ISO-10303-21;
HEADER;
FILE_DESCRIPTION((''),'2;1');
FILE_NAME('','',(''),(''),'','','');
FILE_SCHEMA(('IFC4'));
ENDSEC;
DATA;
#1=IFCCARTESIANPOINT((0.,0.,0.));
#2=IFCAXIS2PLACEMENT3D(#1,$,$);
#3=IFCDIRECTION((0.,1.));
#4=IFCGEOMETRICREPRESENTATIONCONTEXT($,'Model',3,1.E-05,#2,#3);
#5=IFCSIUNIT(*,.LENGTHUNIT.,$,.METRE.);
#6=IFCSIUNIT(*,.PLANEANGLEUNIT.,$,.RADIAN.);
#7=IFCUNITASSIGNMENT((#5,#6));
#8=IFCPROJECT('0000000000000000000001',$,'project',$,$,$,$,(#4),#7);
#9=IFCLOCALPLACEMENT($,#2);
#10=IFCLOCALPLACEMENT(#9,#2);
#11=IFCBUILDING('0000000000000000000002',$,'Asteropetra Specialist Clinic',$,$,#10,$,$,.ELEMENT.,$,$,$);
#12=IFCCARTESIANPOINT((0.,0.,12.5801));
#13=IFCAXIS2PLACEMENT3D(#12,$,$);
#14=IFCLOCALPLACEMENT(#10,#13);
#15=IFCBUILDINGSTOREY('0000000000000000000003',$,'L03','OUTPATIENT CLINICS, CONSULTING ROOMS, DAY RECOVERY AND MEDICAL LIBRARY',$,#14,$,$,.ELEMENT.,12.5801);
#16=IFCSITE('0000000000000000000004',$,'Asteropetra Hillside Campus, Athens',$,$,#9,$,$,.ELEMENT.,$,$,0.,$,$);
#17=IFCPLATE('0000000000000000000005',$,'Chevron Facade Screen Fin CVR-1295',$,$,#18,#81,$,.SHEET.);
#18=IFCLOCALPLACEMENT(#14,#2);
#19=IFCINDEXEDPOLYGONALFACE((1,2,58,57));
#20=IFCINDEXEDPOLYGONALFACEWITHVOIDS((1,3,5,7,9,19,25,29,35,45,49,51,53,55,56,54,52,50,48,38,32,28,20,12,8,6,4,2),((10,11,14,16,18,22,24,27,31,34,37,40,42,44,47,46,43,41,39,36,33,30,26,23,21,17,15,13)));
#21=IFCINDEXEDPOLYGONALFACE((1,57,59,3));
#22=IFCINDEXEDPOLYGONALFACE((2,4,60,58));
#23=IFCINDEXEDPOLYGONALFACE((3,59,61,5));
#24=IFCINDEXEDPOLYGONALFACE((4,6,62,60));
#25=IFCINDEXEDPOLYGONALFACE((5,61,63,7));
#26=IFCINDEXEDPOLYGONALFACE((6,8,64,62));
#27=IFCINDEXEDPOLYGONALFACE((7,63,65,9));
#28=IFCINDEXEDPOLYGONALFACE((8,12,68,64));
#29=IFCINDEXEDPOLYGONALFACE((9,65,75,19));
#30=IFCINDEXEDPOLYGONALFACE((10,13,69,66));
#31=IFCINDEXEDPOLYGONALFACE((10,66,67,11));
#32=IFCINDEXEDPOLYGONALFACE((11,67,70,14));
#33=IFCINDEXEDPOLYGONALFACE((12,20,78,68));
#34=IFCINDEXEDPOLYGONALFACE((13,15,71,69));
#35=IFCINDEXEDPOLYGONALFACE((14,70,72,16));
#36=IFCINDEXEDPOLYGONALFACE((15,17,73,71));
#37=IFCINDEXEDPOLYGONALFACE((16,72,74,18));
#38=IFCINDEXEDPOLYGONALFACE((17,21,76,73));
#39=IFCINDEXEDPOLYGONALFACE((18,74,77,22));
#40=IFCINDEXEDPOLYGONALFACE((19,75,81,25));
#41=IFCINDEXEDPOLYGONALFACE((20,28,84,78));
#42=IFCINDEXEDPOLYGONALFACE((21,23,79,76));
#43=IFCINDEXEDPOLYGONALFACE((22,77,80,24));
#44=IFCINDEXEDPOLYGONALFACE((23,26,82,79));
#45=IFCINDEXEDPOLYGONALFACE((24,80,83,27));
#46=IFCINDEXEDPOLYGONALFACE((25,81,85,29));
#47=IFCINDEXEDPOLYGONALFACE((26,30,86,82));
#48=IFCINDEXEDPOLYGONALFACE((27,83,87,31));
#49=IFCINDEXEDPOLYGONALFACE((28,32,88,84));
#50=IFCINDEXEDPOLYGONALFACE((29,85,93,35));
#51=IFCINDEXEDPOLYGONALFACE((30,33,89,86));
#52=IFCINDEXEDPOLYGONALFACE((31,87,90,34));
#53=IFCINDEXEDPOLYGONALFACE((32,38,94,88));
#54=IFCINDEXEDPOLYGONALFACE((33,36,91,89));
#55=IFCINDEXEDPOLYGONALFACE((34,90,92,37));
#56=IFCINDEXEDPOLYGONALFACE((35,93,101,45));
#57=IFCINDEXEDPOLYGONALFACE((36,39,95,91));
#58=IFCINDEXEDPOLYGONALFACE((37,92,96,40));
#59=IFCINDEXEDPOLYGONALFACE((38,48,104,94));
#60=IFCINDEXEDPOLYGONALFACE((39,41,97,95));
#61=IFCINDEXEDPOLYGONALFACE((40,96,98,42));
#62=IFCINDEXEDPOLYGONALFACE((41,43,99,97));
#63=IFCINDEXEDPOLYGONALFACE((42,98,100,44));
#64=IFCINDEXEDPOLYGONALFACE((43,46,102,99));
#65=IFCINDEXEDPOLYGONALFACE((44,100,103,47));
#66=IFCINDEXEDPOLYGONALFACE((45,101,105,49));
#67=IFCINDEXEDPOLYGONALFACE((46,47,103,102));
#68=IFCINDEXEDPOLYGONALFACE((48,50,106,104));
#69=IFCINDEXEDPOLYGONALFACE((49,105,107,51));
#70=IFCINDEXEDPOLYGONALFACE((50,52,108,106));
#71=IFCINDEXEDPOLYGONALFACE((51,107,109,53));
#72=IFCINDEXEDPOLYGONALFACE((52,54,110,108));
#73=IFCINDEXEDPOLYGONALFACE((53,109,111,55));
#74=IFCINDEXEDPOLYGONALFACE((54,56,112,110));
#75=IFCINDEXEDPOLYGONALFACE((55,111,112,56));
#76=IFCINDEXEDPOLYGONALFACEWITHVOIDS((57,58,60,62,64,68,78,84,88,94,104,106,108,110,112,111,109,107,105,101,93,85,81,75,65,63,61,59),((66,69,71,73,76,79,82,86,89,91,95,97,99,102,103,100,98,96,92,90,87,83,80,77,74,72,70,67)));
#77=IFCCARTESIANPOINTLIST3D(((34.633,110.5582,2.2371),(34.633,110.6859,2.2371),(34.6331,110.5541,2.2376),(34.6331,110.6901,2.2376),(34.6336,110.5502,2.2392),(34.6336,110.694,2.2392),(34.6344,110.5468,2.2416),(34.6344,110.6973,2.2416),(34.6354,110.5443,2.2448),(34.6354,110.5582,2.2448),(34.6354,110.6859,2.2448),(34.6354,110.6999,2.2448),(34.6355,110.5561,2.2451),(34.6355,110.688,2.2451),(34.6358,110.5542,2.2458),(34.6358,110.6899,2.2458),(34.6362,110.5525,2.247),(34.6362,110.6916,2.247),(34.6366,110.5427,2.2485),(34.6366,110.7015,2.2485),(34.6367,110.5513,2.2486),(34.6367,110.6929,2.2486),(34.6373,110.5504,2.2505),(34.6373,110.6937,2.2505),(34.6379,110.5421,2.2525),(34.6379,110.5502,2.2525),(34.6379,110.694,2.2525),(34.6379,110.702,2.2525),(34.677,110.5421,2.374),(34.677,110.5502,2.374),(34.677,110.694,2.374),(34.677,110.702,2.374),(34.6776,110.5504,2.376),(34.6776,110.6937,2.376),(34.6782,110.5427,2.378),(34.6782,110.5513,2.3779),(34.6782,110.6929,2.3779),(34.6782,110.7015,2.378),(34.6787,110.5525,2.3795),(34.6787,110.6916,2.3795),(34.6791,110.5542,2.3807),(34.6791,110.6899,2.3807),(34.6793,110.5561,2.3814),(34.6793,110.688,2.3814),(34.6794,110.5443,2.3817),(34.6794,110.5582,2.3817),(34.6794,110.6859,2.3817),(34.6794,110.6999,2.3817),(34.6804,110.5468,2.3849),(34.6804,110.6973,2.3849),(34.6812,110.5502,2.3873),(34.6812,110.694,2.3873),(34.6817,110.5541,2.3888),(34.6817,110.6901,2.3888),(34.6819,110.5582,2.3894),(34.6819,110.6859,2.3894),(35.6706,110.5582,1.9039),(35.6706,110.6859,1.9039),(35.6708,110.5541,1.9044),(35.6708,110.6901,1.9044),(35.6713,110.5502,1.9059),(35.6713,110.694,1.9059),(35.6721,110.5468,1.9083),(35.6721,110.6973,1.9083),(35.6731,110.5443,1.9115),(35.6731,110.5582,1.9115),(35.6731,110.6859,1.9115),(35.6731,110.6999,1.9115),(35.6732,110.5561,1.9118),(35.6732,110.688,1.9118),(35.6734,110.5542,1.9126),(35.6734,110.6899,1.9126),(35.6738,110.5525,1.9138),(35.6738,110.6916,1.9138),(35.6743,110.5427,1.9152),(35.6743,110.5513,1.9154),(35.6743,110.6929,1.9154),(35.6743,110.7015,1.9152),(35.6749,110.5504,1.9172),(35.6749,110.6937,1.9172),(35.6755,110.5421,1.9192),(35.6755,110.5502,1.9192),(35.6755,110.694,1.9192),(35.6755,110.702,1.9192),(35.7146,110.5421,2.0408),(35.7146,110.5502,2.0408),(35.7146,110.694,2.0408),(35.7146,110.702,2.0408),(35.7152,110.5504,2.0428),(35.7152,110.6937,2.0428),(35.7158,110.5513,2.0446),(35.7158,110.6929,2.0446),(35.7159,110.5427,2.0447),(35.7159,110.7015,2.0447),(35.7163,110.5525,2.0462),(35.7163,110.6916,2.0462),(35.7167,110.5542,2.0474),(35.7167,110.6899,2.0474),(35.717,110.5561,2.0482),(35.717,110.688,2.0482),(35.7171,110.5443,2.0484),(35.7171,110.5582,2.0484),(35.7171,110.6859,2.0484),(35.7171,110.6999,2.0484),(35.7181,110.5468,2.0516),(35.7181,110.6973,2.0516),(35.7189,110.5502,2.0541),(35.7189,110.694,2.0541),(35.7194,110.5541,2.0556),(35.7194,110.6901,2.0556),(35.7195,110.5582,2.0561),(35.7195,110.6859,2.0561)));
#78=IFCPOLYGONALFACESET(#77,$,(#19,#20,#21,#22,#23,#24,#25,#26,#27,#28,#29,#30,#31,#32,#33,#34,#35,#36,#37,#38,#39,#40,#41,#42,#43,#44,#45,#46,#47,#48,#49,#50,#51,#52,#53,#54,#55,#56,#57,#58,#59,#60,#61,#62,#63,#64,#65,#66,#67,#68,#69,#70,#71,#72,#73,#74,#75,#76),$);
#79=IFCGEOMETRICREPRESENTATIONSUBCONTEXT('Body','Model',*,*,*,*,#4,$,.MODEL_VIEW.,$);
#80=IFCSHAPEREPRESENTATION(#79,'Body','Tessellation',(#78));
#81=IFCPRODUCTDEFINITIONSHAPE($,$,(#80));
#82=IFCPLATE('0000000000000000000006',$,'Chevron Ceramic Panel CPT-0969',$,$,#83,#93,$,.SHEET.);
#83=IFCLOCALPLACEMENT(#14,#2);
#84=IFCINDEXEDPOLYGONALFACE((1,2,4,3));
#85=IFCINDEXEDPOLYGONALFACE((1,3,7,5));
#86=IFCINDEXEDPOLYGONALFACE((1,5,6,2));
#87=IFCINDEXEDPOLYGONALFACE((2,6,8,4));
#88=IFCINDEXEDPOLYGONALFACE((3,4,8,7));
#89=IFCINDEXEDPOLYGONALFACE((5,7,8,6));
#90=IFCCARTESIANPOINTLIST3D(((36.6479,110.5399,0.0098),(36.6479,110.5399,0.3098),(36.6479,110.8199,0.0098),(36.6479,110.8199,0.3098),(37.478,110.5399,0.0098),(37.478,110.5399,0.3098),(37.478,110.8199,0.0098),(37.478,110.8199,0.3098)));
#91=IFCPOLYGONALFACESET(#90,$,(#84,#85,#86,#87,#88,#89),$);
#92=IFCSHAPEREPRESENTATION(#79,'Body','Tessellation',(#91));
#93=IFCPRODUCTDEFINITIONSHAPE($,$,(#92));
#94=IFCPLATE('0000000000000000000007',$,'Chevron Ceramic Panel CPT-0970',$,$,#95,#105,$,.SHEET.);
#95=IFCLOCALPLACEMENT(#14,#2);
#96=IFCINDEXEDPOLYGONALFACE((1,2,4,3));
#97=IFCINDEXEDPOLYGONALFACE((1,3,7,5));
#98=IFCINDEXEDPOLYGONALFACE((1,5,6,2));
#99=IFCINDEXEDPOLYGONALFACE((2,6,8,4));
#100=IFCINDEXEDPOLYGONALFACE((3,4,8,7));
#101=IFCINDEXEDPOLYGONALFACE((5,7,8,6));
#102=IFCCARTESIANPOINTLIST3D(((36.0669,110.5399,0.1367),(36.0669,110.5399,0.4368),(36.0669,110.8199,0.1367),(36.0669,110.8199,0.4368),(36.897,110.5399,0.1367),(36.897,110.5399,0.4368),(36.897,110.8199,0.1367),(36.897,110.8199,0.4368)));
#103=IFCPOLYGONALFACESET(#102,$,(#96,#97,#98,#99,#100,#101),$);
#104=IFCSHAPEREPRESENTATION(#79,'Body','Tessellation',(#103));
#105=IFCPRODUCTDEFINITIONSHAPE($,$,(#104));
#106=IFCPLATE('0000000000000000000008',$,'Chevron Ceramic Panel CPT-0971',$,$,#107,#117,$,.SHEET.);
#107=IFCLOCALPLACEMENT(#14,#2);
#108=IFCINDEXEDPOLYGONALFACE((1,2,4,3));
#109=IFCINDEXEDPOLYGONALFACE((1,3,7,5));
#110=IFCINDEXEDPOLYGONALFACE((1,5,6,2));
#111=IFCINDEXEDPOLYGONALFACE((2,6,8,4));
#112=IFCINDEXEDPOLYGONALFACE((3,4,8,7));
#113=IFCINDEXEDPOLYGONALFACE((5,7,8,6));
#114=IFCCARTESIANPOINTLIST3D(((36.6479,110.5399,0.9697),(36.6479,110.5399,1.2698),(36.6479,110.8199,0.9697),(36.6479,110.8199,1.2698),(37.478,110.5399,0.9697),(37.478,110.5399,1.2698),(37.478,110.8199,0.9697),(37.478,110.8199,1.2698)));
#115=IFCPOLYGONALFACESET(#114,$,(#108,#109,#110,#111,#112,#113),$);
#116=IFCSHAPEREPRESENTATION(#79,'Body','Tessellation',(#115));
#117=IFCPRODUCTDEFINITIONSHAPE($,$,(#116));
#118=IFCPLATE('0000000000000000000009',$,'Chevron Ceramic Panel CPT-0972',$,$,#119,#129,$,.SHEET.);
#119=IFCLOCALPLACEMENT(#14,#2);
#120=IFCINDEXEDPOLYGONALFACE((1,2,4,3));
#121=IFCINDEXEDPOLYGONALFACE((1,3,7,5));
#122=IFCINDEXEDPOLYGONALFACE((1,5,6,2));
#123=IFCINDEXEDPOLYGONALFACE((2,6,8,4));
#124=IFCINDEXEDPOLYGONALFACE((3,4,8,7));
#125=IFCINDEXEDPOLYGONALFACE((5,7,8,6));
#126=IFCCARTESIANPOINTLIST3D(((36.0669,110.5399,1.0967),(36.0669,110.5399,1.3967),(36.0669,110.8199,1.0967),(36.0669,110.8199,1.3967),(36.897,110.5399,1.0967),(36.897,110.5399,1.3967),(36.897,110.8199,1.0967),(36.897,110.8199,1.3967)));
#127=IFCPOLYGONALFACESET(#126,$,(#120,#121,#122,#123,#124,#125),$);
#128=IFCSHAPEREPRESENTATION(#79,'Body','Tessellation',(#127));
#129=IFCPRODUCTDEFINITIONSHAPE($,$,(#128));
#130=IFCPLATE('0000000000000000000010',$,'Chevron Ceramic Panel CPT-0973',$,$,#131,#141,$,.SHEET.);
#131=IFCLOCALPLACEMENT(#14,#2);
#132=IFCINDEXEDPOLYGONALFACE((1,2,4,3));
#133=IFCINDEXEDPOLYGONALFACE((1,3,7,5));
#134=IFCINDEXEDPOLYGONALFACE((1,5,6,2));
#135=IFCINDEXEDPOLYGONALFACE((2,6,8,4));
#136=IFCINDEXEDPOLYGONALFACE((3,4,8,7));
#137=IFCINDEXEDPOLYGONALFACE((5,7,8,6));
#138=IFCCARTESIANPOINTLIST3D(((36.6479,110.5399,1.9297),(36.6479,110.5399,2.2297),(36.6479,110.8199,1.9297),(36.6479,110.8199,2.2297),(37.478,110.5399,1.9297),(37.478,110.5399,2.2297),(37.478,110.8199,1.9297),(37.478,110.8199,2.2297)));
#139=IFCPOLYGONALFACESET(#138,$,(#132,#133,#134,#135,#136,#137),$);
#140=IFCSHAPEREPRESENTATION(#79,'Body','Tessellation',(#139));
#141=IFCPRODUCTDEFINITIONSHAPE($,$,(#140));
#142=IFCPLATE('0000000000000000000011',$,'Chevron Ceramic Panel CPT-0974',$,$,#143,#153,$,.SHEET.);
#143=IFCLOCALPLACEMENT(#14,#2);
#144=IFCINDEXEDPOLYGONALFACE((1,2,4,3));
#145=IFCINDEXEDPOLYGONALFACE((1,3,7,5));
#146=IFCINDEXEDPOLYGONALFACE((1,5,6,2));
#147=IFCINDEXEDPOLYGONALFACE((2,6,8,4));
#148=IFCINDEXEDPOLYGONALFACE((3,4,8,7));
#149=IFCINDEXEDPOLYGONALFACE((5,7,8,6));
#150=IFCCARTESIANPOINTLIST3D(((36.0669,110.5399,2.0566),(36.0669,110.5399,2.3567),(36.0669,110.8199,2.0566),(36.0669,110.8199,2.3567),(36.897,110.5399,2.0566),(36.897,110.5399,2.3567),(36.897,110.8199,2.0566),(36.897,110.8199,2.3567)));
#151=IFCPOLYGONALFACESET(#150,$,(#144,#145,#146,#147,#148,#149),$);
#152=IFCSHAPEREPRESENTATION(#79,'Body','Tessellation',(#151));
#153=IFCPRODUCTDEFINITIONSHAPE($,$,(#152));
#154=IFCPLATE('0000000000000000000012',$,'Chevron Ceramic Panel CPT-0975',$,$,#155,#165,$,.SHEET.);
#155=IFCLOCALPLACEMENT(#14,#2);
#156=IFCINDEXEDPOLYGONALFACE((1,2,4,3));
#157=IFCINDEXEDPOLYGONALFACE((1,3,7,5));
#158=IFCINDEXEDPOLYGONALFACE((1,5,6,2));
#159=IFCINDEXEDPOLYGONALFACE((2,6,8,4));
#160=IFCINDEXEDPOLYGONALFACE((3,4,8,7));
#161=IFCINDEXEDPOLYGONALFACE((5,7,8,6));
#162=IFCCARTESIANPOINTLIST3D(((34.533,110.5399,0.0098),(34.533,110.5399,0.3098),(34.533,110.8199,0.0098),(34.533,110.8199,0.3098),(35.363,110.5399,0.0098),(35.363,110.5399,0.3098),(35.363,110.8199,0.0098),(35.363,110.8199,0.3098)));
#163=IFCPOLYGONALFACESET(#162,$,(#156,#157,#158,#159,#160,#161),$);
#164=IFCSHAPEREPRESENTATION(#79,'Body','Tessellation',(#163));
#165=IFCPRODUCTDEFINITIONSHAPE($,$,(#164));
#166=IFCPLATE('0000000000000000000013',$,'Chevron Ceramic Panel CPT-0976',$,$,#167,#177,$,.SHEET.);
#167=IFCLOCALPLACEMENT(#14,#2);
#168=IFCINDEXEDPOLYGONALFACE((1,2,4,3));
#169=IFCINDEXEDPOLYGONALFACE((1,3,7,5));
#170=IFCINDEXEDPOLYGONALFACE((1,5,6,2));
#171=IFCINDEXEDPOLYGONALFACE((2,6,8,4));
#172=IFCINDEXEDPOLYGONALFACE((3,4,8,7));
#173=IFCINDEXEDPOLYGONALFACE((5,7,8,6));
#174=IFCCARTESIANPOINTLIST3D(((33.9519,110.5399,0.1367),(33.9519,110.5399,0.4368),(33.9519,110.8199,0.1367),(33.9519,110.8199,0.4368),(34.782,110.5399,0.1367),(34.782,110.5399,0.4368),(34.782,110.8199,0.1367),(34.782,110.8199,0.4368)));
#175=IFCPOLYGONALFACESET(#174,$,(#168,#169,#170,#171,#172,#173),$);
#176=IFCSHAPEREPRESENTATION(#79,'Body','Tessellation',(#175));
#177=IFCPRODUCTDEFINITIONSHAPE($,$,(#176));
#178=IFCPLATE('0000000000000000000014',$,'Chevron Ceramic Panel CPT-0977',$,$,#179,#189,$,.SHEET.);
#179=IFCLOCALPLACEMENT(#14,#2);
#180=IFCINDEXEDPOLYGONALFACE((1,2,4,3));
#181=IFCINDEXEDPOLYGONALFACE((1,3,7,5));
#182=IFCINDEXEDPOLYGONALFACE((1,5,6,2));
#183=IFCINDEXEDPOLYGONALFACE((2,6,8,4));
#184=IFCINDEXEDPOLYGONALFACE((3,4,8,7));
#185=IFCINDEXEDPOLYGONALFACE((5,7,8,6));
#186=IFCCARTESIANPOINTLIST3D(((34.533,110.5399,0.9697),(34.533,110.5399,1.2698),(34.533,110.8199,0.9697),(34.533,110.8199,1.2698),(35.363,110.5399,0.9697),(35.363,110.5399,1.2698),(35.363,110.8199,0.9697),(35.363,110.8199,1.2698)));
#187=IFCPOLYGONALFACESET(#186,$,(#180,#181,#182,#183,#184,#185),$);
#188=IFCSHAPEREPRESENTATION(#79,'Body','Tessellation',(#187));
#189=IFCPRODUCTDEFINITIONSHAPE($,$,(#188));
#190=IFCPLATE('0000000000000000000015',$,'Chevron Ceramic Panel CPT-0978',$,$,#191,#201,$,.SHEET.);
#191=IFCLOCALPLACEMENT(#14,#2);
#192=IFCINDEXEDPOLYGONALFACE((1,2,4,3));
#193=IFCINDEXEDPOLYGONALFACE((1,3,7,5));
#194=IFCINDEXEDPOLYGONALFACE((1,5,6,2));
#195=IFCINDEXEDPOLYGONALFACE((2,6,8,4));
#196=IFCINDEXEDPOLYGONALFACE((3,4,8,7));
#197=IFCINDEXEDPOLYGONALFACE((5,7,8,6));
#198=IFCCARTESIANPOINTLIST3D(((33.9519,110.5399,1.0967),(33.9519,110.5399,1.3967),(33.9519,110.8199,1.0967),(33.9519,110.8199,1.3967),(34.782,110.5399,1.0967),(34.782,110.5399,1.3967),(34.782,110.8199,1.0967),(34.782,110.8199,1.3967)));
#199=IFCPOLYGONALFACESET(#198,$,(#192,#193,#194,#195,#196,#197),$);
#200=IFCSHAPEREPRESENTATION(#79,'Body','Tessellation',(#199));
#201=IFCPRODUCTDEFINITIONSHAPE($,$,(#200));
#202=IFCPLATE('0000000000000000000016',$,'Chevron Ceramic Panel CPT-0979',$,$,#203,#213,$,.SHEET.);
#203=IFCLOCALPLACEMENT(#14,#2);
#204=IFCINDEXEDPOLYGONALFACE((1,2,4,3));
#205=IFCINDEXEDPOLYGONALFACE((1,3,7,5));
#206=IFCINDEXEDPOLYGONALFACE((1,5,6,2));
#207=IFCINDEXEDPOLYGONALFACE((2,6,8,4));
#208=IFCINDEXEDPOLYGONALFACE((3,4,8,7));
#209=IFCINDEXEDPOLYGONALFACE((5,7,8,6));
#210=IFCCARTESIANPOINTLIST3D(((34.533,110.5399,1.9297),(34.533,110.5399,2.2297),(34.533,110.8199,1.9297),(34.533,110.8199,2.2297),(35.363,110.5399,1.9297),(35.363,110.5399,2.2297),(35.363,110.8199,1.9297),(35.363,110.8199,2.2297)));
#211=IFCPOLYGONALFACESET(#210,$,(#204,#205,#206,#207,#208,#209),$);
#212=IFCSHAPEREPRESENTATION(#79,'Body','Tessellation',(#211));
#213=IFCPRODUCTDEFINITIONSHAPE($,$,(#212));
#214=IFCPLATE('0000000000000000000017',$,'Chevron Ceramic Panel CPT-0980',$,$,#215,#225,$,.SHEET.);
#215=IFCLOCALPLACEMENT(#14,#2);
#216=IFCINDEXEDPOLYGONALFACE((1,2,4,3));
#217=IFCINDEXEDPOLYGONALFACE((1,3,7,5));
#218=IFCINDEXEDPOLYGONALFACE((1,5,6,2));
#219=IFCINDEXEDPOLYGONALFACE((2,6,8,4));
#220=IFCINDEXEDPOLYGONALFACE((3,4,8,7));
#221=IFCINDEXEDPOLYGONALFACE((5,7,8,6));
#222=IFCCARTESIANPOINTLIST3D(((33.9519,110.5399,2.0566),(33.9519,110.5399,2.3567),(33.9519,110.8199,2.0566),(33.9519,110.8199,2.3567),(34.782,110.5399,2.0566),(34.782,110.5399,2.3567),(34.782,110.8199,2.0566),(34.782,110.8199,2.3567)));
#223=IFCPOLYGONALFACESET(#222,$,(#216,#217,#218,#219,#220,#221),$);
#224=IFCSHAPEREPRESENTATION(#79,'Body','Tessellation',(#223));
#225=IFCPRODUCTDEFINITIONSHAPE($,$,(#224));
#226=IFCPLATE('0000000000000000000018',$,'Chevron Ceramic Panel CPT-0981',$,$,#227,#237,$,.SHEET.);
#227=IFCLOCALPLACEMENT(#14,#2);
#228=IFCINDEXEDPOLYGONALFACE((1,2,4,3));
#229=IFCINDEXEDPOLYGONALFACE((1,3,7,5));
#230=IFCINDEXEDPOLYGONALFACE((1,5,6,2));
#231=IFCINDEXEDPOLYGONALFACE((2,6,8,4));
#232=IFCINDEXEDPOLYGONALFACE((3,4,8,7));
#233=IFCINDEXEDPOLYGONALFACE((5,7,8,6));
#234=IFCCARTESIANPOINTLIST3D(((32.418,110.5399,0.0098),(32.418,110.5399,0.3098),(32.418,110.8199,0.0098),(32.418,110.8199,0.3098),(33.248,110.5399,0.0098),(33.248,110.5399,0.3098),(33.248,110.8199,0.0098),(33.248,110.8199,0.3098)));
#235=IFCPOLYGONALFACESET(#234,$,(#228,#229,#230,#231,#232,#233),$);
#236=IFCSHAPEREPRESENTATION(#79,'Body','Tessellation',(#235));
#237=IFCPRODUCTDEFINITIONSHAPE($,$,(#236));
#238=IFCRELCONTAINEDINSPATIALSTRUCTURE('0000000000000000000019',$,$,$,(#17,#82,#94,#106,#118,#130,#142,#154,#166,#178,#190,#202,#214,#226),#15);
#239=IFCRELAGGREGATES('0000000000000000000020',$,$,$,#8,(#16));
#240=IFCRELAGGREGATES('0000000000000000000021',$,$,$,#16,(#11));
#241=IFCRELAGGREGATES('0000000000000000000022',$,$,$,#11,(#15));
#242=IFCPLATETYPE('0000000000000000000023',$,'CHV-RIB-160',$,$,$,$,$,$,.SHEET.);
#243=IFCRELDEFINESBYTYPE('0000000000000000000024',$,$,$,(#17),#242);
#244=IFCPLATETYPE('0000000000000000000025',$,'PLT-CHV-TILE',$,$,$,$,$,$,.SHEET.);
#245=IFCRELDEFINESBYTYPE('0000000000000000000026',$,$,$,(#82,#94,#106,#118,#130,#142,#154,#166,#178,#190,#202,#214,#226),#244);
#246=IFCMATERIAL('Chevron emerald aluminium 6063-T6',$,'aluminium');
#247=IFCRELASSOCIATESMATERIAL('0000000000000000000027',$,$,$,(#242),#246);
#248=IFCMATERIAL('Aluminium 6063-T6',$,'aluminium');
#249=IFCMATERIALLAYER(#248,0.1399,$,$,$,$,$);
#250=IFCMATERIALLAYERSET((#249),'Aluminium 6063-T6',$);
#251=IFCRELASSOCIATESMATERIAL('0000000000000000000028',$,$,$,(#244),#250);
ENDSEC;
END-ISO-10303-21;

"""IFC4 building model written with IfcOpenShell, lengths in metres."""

from ifc_helpers import new_model, si_unit, direction, frame, origin, origin_2d, place, context, subcontext, project, spatial, rectangle, hollow_rectangle, extrude, material, layer, layer_set, material_profile, profile_set, type_object, element, save


model = new_model("IFC4")

# Units and contexts
model_context = context("Model", 3, precision=1e-05, world=origin(), true_north=direction((0.0, 1.0)))
body_context = subcontext(model_context, "Body", "Model", "MODEL_VIEW")
ifc_project = project(units=[si_unit("LENGTHUNIT", "METRE"), si_unit("PLANEANGLEUNIT", "RADIAN")], contexts=[model_context])

# Site, building, storey
site_placement = place(None, origin())
site = spatial("IfcSite", under=ifc_project, at=site_placement, Name="Asteropetra Hillside Campus, Athens", CompositionType="ELEMENT", RefElevation=0.0)
building_placement = place(site_placement, origin())
building = spatial("IfcBuilding", under=site, at=building_placement, Name="Asteropetra Specialist Clinic", CompositionType="ELEMENT")
storey_placement = place(building_placement, frame((0.0, 0.0, 12.5801)))
storey = spatial("IfcBuildingStorey", under=building, at=storey_placement, Name="L03", Description="OUTPATIENT CLINICS, CONSULTING ROOMS, DAY RECOVERY AND MEDICAL LIBRARY", CompositionType="ELEMENT", Elevation=12.5801)

# Plates
ifc_material_1 = material(Name="Chevron emerald aluminium 6063-T6", Category="aluminium")
ifc_material_profile = material_profile(ifc_material_1, hollow_rectangle(XDim=0.1599, YDim=0.1599, WallThickness=0.0081, InnerFilletRadius=0.0081, OuterFilletRadius=0.0161, at=origin_2d()), Name="SHS 160x160x8.0")
ifc_profile_set = profile_set([ifc_material_profile], Name="Chevron emerald aluminium 6063-T6")
plate_type_1 = type_object("IfcPlateType", Name="CHV-RIB-160", PredefinedType="SHEET", material=ifc_profile_set)
plate_1_placement = place(storey_placement, frame((35.6951, 110.6221, 1.98), z_axis=(-0.952098, 0.0, 0.305792), x_axis=(0.0, -1.0, 0.0)))
element("IfcPlate", 1, at=plate_1_placement, inside=storey, type_object=plate_type_1, Name="Chevron Facade Screen Fin CVR-1295", PredefinedType="SHEET", context=body_context, shape_type="SweptSolid", body=[
    extrude(hollow_rectangle(XDim=0.1599, YDim=0.1599, WallThickness=0.0081, InnerFilletRadius=0.0081, OuterFilletRadius=0.0161, at=origin_2d()), origin(), (0.0, 0.0, 1.0), 1.0898),
])
ifc_material_2 = material(Name="Aluminium 6063-T6", Category="aluminium")
ifc_layer_1 = layer(ifc_material_2, 0.1399)
ifc_layer_set_1 = layer_set([ifc_layer_1], Name="Aluminium 6063-T6")
plate_type_2 = type_object("IfcPlateType", Name="PLT-CHV-TILE", PredefinedType="SHEET", material=ifc_layer_set_1)
for number, where, z_axis, x_axis, name in (
    (2, (37.063, 110.6799, 0.0098), (0.0, 0.0, 1.0), (1.0, 0.0, 0.0), "Chevron Ceramic Panel CPT-0969"),
    (3, (36.4819, 110.6799, 0.1367), (0.0, 0.0, 1.0), (1.0, 0.0, 0.0), "Chevron Ceramic Panel CPT-0970"),
    (4, (37.063, 110.6799, 0.9697), (0.0, 0.0, 1.0), (1.0, 0.0, 0.0), "Chevron Ceramic Panel CPT-0971"),
    (5, (36.4819, 110.6799, 1.0967), (0.0, 0.0, 1.0), (1.0, 0.0, 0.0), "Chevron Ceramic Panel CPT-0972"),
    (6, (37.063, 110.6799, 1.9297), (0.0, 0.0, 1.0), (1.0, 0.0, 0.0), "Chevron Ceramic Panel CPT-0973"),
    (7, (36.4819, 110.6799, 2.0566), (0.0, 0.0, 1.0), (1.0, 0.0, 0.0), "Chevron Ceramic Panel CPT-0974"),
    (8, (34.948, 110.6799, 0.0098), (0.0, 0.0, 1.0), (1.0, 0.0, 0.0), "Chevron Ceramic Panel CPT-0975"),
    (9, (34.3669, 110.6799, 0.1367), (0.0, 0.0, 1.0), (1.0, 0.0, 0.0), "Chevron Ceramic Panel CPT-0976"),
    (10, (34.948, 110.6799, 0.9697), (0.0, 0.0, 1.0), (1.0, 0.0, 0.0), "Chevron Ceramic Panel CPT-0977"),
    (11, (34.3669, 110.6799, 1.0967), (0.0, 0.0, 1.0), (1.0, 0.0, 0.0), "Chevron Ceramic Panel CPT-0978"),
    (12, (34.948, 110.6799, 1.9297), (0.0, 0.0, 1.0), (1.0, 0.0, 0.0), "Chevron Ceramic Panel CPT-0979"),
    (13, (34.3669, 110.6799, 2.0566), (0.0, 0.0, 1.0), (1.0, 0.0, 0.0), "Chevron Ceramic Panel CPT-0980"),
    (14, (32.833, 110.6799, 0.0098), (0.0, 0.0, 1.0), (1.0, 0.0, 0.0), "Chevron Ceramic Panel CPT-0981"),
):
    element("IfcPlate", number, at=place(storey_placement, frame(where, z_axis=z_axis, x_axis=x_axis)), inside=storey, type_object=plate_type_2, Name=name, PredefinedType="SHEET", context=body_context, shape_type="SweptSolid", body=[
        extrude(rectangle(XDim=0.8301, YDim=0.28, at=origin_2d()), origin(), (0.0, 0.0, 1.0), 0.3),
    ])

save(model, "model.ifc")
